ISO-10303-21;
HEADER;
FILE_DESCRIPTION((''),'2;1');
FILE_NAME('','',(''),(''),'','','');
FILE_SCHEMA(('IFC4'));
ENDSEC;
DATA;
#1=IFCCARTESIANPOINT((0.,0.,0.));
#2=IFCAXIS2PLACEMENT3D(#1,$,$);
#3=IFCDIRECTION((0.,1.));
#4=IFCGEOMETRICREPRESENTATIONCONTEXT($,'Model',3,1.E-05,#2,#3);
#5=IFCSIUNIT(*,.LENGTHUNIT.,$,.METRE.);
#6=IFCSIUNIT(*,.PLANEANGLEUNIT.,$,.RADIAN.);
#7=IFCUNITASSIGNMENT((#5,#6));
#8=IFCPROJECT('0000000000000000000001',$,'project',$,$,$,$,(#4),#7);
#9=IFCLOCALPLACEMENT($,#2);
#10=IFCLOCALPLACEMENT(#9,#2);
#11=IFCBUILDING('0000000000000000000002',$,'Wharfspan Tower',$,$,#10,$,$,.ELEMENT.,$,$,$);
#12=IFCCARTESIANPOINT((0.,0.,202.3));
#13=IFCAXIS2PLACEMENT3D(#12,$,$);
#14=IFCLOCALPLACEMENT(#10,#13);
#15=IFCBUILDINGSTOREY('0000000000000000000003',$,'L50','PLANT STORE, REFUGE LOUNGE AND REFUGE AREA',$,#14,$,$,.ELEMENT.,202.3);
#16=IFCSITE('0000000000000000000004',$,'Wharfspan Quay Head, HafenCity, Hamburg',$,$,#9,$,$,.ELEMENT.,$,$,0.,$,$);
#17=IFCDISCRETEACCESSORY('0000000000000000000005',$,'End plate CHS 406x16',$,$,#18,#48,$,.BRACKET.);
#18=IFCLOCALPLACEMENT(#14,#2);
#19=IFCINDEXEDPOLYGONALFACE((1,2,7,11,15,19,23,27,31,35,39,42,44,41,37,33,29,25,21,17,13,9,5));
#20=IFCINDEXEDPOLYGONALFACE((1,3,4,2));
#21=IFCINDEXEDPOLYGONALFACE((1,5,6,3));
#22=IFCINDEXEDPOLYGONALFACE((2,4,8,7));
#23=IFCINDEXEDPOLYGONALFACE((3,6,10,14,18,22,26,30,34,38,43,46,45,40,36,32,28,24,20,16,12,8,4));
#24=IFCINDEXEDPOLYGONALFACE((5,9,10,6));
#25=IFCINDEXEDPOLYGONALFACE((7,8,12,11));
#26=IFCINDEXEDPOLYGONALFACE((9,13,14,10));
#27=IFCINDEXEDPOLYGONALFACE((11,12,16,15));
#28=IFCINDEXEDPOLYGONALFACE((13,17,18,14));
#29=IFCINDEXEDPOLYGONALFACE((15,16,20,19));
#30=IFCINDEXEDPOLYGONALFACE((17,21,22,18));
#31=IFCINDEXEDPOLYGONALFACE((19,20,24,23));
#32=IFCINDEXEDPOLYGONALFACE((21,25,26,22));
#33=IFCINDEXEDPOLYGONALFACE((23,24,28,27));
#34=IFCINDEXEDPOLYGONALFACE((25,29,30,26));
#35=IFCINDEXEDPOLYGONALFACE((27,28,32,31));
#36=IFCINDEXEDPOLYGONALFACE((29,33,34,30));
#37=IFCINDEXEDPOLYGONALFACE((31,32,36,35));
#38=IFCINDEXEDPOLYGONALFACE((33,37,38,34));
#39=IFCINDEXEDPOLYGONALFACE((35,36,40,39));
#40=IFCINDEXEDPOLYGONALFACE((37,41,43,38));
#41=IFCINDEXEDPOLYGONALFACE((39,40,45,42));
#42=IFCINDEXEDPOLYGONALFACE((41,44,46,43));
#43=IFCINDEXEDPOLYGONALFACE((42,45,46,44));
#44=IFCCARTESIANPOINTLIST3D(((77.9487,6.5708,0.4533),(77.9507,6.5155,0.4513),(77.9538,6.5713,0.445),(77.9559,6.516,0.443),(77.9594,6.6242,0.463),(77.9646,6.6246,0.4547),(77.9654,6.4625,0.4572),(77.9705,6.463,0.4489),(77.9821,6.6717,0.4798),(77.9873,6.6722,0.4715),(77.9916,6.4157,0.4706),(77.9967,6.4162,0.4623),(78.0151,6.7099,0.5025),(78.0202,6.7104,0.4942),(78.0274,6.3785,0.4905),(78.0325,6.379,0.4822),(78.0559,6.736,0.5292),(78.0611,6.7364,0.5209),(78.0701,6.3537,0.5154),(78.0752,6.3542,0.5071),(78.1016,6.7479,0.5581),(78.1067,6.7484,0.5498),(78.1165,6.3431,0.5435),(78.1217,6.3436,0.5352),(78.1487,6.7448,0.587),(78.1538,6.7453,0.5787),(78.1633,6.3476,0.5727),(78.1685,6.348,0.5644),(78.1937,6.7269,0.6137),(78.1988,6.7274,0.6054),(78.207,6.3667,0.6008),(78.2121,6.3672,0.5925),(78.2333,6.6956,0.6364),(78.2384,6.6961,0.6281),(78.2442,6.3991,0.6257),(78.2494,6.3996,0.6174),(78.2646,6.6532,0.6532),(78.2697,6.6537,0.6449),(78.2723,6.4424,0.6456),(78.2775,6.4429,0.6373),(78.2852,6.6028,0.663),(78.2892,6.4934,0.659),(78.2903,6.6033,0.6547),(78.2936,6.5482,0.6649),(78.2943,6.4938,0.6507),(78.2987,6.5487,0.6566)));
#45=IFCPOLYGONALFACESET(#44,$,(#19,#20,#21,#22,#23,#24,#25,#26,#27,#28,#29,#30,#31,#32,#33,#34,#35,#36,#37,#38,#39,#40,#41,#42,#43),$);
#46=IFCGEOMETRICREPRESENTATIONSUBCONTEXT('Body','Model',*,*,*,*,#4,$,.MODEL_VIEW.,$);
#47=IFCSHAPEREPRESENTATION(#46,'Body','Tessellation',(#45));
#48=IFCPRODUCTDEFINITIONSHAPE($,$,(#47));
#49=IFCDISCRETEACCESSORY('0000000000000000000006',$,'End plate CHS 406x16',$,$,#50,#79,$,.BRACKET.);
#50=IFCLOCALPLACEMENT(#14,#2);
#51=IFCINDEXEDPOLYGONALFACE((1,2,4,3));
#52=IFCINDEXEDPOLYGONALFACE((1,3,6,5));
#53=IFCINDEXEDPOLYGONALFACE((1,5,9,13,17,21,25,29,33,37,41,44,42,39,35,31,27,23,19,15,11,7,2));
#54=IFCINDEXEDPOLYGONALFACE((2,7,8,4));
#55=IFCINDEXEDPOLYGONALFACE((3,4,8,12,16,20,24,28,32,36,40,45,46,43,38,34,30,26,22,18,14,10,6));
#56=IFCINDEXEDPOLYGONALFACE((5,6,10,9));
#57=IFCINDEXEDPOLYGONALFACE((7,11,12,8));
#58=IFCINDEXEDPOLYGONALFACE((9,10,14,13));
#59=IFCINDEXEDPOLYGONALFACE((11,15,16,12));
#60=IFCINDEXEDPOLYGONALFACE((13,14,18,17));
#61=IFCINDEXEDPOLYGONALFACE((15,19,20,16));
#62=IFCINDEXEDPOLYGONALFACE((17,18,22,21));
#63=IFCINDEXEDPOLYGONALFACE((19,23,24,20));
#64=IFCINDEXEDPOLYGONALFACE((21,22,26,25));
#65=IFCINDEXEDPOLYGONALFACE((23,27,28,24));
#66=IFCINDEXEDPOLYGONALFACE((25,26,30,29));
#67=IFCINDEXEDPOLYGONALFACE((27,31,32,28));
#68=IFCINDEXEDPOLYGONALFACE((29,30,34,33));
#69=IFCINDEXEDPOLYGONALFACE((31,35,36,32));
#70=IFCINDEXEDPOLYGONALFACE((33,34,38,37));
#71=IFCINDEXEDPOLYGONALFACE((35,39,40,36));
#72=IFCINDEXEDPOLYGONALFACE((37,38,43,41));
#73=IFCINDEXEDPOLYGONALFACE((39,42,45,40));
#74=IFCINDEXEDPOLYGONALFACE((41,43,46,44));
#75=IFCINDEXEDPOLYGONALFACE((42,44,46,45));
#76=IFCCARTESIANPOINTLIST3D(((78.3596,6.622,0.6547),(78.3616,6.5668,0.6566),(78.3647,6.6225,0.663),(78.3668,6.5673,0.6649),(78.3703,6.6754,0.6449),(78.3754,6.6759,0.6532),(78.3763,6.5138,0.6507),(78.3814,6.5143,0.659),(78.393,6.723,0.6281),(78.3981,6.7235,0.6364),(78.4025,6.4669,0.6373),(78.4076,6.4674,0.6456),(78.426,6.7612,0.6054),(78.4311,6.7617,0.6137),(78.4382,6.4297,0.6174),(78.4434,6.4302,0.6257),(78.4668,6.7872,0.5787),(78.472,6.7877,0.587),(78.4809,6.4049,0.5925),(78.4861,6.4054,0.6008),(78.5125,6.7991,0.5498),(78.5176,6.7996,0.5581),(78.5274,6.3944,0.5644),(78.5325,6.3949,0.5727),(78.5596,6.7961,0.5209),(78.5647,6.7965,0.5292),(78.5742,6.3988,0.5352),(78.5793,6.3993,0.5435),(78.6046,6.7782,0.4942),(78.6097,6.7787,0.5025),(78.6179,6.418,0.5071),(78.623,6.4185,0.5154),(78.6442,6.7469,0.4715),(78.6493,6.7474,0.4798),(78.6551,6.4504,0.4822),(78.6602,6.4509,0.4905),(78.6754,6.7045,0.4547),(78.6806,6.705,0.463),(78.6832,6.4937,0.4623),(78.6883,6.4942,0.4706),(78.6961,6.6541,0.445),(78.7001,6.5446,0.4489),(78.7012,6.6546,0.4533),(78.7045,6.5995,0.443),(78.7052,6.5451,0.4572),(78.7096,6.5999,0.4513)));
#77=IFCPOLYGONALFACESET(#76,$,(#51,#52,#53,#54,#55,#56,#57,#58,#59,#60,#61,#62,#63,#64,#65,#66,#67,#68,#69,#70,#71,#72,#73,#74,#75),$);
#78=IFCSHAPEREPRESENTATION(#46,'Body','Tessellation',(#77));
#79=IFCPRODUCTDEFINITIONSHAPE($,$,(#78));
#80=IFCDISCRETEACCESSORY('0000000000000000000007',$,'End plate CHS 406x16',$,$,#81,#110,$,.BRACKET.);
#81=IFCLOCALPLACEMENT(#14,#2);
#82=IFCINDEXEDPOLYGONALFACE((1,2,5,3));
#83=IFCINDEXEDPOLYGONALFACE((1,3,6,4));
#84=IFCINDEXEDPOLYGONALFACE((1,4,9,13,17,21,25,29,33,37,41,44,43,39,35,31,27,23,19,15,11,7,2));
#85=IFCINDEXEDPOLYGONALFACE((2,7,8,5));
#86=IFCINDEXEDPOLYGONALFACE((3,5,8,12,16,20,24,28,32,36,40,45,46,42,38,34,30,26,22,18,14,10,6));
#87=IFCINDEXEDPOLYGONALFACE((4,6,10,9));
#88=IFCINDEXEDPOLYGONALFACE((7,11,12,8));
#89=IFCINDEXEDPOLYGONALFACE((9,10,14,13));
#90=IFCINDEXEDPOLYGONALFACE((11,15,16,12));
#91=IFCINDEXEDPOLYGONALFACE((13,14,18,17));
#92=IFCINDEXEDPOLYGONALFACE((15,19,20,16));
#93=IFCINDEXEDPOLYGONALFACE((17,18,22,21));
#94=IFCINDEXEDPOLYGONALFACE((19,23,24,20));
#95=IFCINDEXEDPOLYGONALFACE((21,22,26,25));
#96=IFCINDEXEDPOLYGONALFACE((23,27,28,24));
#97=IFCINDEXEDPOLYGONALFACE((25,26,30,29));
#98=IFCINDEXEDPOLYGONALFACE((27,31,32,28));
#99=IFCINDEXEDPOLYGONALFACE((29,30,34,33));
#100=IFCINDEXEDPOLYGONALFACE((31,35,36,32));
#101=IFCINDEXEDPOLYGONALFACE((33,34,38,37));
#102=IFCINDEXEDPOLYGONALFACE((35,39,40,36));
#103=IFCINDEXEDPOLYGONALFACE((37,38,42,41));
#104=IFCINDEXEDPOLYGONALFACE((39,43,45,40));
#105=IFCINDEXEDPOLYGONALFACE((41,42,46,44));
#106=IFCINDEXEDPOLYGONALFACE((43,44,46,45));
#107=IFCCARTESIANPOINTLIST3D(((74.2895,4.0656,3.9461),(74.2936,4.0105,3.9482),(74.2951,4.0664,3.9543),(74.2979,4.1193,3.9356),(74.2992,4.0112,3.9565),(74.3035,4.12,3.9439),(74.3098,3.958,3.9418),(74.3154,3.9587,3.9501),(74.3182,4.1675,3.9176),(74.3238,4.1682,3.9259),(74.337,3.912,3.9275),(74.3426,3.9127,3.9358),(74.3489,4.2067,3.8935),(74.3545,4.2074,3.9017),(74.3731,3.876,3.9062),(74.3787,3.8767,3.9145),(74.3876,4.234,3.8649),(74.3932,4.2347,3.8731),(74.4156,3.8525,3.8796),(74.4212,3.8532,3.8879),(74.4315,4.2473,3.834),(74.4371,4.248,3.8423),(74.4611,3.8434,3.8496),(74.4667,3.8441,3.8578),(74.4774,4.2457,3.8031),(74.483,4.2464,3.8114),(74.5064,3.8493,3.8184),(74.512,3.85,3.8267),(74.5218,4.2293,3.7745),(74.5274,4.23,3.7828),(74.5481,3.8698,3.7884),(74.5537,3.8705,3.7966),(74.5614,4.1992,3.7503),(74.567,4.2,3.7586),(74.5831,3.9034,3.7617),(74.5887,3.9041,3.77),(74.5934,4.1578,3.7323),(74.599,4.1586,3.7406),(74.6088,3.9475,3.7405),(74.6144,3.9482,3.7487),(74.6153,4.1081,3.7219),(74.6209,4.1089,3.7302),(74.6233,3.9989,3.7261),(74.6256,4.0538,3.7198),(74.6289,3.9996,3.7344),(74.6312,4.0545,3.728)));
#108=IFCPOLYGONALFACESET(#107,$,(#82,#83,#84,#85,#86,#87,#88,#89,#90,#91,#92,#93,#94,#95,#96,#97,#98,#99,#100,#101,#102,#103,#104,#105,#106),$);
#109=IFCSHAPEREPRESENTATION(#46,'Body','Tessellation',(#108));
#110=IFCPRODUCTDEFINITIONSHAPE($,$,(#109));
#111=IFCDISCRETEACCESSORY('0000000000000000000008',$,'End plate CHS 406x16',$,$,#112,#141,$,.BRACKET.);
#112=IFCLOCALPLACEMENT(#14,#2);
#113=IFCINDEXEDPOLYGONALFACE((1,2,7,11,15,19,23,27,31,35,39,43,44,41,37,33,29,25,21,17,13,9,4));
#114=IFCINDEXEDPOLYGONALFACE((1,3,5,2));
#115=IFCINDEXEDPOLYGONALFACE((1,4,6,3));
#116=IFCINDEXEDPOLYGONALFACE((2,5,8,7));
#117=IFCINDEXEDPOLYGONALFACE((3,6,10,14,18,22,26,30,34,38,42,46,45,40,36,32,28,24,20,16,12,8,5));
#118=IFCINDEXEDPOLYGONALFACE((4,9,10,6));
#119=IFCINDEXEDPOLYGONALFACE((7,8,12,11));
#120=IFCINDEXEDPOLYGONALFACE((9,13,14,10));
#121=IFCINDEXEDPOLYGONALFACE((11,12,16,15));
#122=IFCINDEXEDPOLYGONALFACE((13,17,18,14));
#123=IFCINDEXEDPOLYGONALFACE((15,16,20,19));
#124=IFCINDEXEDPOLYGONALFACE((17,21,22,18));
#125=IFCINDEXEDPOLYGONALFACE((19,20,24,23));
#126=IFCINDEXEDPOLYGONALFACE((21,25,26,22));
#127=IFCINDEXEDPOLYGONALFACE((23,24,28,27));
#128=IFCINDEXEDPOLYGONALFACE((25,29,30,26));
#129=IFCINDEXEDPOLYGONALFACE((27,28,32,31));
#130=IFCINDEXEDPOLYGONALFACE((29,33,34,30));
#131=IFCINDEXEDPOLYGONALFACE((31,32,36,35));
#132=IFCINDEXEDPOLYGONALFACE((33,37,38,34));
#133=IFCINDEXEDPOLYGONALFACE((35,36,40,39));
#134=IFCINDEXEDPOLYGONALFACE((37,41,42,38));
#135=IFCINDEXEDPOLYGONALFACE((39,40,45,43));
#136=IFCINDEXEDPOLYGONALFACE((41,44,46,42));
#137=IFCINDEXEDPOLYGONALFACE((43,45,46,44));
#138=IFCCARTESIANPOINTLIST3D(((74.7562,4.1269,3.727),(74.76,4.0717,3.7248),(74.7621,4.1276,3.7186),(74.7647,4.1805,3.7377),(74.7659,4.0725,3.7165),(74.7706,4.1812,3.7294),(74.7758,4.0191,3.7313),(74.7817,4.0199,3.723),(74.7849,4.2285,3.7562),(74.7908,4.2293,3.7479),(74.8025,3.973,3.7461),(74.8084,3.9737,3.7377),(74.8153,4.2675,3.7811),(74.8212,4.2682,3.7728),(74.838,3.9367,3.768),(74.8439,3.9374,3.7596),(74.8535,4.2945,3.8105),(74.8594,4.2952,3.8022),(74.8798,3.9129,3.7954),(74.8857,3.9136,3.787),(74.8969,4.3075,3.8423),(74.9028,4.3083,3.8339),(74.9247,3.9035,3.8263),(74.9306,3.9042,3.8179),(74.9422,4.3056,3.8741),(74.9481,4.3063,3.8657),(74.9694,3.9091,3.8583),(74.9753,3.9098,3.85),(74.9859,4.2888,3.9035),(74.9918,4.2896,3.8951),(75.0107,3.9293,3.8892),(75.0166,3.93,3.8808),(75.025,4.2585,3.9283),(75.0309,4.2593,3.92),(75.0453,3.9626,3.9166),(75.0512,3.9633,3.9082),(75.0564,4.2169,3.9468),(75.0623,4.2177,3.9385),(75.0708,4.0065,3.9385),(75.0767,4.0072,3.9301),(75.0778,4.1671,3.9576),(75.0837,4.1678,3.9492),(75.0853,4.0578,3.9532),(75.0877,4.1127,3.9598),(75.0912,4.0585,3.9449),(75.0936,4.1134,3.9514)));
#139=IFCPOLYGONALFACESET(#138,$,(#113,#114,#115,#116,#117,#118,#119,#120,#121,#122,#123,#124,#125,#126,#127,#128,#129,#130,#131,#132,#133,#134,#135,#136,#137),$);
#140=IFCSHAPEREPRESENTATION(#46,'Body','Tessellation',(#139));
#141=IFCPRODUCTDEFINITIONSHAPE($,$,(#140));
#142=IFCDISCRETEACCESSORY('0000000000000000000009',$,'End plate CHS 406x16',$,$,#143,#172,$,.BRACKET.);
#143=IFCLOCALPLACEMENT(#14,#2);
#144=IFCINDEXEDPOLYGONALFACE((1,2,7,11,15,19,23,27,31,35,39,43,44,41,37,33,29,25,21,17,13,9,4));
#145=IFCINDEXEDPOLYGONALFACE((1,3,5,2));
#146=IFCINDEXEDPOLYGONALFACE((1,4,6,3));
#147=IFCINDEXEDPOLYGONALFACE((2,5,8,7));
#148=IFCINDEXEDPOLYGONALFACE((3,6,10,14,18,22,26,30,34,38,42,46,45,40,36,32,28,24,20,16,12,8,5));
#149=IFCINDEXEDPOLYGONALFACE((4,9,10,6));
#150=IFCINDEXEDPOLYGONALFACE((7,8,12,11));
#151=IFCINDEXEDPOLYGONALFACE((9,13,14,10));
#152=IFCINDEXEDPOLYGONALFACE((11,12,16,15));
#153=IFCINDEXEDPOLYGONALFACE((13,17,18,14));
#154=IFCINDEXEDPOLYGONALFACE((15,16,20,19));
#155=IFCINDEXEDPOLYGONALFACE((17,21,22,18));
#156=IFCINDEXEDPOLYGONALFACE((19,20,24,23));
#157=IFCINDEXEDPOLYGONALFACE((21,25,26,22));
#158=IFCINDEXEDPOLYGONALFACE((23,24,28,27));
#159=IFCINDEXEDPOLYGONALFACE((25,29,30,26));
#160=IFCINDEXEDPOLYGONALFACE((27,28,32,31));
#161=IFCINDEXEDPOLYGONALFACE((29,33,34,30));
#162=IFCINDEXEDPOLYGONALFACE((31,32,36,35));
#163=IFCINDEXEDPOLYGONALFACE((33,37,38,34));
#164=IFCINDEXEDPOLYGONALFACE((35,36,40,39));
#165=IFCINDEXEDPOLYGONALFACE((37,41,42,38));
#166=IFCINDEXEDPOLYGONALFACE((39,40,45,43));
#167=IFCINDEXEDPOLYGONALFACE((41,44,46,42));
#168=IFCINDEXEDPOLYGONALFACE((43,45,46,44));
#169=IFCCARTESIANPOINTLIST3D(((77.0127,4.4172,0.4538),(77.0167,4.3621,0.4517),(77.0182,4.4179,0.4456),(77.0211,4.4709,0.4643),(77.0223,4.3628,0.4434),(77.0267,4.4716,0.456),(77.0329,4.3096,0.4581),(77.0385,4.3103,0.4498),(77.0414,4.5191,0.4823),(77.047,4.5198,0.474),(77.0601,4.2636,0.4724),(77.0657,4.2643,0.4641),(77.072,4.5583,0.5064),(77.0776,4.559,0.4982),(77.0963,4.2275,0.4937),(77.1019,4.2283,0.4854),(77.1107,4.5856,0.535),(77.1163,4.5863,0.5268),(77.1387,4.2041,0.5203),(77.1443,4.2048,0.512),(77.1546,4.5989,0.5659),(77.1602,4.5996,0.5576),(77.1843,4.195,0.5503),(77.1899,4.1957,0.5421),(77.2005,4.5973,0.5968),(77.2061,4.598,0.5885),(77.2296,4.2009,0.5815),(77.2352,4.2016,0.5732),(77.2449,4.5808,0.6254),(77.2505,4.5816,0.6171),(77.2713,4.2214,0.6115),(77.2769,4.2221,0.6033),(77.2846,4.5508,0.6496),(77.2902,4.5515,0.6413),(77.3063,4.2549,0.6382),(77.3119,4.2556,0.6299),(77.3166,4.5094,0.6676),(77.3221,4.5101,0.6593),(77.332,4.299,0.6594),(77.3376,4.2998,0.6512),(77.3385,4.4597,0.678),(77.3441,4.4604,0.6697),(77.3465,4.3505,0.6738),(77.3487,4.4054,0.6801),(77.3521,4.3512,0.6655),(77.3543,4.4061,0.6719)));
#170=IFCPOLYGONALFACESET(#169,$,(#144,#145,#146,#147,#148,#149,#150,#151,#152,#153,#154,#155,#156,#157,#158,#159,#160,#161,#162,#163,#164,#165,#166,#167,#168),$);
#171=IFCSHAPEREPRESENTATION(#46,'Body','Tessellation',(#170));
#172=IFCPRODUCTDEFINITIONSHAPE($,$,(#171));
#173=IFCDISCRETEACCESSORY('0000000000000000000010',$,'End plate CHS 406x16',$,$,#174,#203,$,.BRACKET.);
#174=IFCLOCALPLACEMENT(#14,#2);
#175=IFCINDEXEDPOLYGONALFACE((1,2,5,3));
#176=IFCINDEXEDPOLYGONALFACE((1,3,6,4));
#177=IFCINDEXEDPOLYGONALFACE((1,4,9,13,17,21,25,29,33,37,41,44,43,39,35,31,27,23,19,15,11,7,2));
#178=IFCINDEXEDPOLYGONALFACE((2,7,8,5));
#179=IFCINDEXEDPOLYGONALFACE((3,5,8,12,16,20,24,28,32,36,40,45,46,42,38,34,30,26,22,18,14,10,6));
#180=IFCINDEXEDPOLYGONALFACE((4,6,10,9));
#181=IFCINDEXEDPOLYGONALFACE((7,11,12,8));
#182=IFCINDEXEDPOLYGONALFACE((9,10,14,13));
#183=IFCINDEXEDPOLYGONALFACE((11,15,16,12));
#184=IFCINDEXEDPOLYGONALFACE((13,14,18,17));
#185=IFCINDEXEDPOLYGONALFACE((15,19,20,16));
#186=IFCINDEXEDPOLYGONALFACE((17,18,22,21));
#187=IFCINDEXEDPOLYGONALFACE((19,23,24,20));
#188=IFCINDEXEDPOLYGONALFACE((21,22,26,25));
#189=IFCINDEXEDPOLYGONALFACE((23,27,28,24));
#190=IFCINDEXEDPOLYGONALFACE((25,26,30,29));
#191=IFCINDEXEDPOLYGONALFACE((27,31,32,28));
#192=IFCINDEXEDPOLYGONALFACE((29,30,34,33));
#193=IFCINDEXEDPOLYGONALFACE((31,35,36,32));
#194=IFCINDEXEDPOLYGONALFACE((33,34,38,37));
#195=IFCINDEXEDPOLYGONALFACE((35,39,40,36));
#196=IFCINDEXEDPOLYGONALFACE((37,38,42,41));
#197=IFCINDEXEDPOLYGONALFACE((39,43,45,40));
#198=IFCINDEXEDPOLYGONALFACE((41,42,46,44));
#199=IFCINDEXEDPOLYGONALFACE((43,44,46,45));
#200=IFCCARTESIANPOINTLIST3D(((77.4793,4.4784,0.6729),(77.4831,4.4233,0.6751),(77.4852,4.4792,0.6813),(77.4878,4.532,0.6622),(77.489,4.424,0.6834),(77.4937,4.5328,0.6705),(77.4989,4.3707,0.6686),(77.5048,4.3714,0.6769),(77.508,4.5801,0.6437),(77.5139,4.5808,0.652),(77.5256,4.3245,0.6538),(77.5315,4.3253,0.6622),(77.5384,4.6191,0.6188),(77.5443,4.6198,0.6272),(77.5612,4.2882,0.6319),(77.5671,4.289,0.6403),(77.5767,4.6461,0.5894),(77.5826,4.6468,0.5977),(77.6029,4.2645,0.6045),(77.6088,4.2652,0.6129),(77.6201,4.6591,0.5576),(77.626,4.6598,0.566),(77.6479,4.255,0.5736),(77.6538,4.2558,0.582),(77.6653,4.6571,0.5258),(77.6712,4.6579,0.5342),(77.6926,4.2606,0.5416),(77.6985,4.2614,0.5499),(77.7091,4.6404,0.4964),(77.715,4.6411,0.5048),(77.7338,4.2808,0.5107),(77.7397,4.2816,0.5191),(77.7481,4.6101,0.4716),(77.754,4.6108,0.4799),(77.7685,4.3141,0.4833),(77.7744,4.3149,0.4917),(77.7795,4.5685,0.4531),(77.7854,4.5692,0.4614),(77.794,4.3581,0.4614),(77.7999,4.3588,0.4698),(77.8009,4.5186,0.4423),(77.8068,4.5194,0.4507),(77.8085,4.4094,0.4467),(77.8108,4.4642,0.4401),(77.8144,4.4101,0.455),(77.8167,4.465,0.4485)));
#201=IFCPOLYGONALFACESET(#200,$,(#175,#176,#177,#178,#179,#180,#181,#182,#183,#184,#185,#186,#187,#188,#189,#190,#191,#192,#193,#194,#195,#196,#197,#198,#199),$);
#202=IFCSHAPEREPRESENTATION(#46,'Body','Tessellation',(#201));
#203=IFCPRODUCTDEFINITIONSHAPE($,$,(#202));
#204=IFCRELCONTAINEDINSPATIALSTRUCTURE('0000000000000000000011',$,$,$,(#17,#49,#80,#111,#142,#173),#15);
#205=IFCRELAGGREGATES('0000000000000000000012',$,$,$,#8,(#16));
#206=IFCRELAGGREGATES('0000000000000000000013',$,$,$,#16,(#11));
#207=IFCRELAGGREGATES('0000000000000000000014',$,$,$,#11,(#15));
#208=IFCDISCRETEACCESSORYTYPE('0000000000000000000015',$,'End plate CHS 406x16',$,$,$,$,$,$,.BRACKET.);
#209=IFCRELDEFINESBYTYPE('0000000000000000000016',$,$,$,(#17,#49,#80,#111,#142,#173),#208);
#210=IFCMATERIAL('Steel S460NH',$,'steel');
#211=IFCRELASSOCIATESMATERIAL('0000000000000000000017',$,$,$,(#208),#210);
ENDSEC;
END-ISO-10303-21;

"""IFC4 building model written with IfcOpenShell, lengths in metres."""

from ifc_helpers import new_model, si_unit, direction, frame, origin, origin_2d, place, context, subcontext, project, spatial, circle, extrude, material, material_profile, profile_set, type_object, element, save


model = new_model("IFC4")

# Units and contexts
model_context = context("Model", 3, precision=1e-05, world=origin(), true_north=direction((0.0, 1.0)))
body_context = subcontext(model_context, "Body", "Model", "MODEL_VIEW")
ifc_project = project(units=[si_unit("LENGTHUNIT", "METRE"), si_unit("PLANEANGLEUNIT", "RADIAN")], contexts=[model_context])

# Site, building, storey
site_placement = place(None, origin())
site = spatial("IfcSite", under=ifc_project, at=site_placement, Name="Wharfspan Quay Head, HafenCity, Hamburg", CompositionType="ELEMENT", RefElevation=0.0)
building_placement = place(site_placement, origin())
building = spatial("IfcBuilding", under=site, at=building_placement, Name="Wharfspan Tower", CompositionType="ELEMENT")
storey_placement = place(building_placement, frame((0.0, 0.0, 202.3)))
storey = spatial("IfcBuildingStorey", under=building, at=storey_placement, Name="L50", Description="PLANT STORE, REFUGE LOUNGE AND REFUGE AREA", CompositionType="ELEMENT", Elevation=202.3)

# Shared definitions
ifc_material_1 = material(Name="Steel S460NH", Category="steel")

# Discrete accessories
ifc_material_profile_1 = material_profile(ifc_material_1, circle(Radius=0.2031, at=origin_2d()))
ifc_profile_set_1 = profile_set([ifc_material_profile_1], Name="Steel S460NH")
discrete_accessory_type = type_object("IfcDiscreteAccessoryType", Name="End plate CHS 406x16", PredefinedType="BRACKET", material=ifc_profile_set_1)
for number, where, z_axis, x_axis, name in (
    (1, (78.1209, 6.5457, 0.5581), (0.524836, 0.049984, -0.849734), (-0.094807, 0.995498, 0.000001), "End plate CHS 406x16"),
    (2, (78.5317, 6.5969, 0.5498), (0.524836, 0.049984, 0.849734), (-0.094807, 0.995498, -0.000001), "End plate CHS 406x16"),
):
    element("IfcDiscreteAccessory", number, at=place(storey_placement, frame(where, z_axis=z_axis, x_axis=x_axis)), inside=storey, type_object=discrete_accessory_type, Name=name, PredefinedType="BRACKET", context=body_context, shape_type="SweptSolid", body=[
        extrude(circle(Radius=0.2031, at=origin_2d()), origin(), (0.0, 0.0, 1.0), 0.0098),
    ])
discrete_accessory_1_placement = place(storey_placement, frame((74.4578, 4.0459, 3.834), z_axis=(0.558819, 0.072889, 0.82608), x_axis=(-0.129337, 0.991601, -0.000001)))
element("IfcDiscreteAccessory", 3, at=discrete_accessory_1_placement, inside=storey, type_object=discrete_accessory_type, Name="End plate CHS 406x16", PredefinedType="BRACKET", context=body_context, shape_type="SweptSolid", body=[
    extrude(circle(Radius=0.2031, at=origin_2d()), origin(), (0.0, 0.0, 1.0), 0.01),
])
discrete_accessory_2_placement = place(storey_placement, frame((74.9221, 4.106, 3.8423), z_axis=(0.575191, 0.071899, -0.814853), x_axis=(-0.124036, 0.992275, -0.000001)))
element("IfcDiscreteAccessory", 4, at=discrete_accessory_2_placement, inside=storey, type_object=discrete_accessory_type, Name="End plate CHS 406x16", PredefinedType="BRACKET", context=body_context, shape_type="SweptSolid", body=[
    extrude(circle(Radius=0.2031, at=origin_2d()), origin(), (0.0, 0.0, 1.0), 0.0103),
])
discrete_accessory_3_placement = place(storey_placement, frame((77.1809, 4.3975, 0.5659), z_axis=(0.558819, 0.072889, -0.82608), x_axis=(-0.129337, 0.991601, 0.000001)))
element("IfcDiscreteAccessory", 5, at=discrete_accessory_3_placement, inside=storey, type_object=discrete_accessory_type, Name="End plate CHS 406x16", PredefinedType="BRACKET", context=body_context, shape_type="SweptSolid", body=[
    extrude(circle(Radius=0.2031, at=origin_2d()), origin(), (0.0, 0.0, 1.0), 0.01),
])
discrete_accessory_4_placement = place(storey_placement, frame((77.6453, 4.4575, 0.5576), z_axis=(0.575191, 0.071899, 0.814853), x_axis=(-0.124036, 0.992275, 0.000001)))
element("IfcDiscreteAccessory", 6, at=discrete_accessory_4_placement, inside=storey, type_object=discrete_accessory_type, Name="End plate CHS 406x16", PredefinedType="BRACKET", context=body_context, shape_type="SweptSolid", body=[
    extrude(circle(Radius=0.2031, at=origin_2d()), origin(), (0.0, 0.0, 1.0), 0.0103),
])

save(model, "model.ifc")
